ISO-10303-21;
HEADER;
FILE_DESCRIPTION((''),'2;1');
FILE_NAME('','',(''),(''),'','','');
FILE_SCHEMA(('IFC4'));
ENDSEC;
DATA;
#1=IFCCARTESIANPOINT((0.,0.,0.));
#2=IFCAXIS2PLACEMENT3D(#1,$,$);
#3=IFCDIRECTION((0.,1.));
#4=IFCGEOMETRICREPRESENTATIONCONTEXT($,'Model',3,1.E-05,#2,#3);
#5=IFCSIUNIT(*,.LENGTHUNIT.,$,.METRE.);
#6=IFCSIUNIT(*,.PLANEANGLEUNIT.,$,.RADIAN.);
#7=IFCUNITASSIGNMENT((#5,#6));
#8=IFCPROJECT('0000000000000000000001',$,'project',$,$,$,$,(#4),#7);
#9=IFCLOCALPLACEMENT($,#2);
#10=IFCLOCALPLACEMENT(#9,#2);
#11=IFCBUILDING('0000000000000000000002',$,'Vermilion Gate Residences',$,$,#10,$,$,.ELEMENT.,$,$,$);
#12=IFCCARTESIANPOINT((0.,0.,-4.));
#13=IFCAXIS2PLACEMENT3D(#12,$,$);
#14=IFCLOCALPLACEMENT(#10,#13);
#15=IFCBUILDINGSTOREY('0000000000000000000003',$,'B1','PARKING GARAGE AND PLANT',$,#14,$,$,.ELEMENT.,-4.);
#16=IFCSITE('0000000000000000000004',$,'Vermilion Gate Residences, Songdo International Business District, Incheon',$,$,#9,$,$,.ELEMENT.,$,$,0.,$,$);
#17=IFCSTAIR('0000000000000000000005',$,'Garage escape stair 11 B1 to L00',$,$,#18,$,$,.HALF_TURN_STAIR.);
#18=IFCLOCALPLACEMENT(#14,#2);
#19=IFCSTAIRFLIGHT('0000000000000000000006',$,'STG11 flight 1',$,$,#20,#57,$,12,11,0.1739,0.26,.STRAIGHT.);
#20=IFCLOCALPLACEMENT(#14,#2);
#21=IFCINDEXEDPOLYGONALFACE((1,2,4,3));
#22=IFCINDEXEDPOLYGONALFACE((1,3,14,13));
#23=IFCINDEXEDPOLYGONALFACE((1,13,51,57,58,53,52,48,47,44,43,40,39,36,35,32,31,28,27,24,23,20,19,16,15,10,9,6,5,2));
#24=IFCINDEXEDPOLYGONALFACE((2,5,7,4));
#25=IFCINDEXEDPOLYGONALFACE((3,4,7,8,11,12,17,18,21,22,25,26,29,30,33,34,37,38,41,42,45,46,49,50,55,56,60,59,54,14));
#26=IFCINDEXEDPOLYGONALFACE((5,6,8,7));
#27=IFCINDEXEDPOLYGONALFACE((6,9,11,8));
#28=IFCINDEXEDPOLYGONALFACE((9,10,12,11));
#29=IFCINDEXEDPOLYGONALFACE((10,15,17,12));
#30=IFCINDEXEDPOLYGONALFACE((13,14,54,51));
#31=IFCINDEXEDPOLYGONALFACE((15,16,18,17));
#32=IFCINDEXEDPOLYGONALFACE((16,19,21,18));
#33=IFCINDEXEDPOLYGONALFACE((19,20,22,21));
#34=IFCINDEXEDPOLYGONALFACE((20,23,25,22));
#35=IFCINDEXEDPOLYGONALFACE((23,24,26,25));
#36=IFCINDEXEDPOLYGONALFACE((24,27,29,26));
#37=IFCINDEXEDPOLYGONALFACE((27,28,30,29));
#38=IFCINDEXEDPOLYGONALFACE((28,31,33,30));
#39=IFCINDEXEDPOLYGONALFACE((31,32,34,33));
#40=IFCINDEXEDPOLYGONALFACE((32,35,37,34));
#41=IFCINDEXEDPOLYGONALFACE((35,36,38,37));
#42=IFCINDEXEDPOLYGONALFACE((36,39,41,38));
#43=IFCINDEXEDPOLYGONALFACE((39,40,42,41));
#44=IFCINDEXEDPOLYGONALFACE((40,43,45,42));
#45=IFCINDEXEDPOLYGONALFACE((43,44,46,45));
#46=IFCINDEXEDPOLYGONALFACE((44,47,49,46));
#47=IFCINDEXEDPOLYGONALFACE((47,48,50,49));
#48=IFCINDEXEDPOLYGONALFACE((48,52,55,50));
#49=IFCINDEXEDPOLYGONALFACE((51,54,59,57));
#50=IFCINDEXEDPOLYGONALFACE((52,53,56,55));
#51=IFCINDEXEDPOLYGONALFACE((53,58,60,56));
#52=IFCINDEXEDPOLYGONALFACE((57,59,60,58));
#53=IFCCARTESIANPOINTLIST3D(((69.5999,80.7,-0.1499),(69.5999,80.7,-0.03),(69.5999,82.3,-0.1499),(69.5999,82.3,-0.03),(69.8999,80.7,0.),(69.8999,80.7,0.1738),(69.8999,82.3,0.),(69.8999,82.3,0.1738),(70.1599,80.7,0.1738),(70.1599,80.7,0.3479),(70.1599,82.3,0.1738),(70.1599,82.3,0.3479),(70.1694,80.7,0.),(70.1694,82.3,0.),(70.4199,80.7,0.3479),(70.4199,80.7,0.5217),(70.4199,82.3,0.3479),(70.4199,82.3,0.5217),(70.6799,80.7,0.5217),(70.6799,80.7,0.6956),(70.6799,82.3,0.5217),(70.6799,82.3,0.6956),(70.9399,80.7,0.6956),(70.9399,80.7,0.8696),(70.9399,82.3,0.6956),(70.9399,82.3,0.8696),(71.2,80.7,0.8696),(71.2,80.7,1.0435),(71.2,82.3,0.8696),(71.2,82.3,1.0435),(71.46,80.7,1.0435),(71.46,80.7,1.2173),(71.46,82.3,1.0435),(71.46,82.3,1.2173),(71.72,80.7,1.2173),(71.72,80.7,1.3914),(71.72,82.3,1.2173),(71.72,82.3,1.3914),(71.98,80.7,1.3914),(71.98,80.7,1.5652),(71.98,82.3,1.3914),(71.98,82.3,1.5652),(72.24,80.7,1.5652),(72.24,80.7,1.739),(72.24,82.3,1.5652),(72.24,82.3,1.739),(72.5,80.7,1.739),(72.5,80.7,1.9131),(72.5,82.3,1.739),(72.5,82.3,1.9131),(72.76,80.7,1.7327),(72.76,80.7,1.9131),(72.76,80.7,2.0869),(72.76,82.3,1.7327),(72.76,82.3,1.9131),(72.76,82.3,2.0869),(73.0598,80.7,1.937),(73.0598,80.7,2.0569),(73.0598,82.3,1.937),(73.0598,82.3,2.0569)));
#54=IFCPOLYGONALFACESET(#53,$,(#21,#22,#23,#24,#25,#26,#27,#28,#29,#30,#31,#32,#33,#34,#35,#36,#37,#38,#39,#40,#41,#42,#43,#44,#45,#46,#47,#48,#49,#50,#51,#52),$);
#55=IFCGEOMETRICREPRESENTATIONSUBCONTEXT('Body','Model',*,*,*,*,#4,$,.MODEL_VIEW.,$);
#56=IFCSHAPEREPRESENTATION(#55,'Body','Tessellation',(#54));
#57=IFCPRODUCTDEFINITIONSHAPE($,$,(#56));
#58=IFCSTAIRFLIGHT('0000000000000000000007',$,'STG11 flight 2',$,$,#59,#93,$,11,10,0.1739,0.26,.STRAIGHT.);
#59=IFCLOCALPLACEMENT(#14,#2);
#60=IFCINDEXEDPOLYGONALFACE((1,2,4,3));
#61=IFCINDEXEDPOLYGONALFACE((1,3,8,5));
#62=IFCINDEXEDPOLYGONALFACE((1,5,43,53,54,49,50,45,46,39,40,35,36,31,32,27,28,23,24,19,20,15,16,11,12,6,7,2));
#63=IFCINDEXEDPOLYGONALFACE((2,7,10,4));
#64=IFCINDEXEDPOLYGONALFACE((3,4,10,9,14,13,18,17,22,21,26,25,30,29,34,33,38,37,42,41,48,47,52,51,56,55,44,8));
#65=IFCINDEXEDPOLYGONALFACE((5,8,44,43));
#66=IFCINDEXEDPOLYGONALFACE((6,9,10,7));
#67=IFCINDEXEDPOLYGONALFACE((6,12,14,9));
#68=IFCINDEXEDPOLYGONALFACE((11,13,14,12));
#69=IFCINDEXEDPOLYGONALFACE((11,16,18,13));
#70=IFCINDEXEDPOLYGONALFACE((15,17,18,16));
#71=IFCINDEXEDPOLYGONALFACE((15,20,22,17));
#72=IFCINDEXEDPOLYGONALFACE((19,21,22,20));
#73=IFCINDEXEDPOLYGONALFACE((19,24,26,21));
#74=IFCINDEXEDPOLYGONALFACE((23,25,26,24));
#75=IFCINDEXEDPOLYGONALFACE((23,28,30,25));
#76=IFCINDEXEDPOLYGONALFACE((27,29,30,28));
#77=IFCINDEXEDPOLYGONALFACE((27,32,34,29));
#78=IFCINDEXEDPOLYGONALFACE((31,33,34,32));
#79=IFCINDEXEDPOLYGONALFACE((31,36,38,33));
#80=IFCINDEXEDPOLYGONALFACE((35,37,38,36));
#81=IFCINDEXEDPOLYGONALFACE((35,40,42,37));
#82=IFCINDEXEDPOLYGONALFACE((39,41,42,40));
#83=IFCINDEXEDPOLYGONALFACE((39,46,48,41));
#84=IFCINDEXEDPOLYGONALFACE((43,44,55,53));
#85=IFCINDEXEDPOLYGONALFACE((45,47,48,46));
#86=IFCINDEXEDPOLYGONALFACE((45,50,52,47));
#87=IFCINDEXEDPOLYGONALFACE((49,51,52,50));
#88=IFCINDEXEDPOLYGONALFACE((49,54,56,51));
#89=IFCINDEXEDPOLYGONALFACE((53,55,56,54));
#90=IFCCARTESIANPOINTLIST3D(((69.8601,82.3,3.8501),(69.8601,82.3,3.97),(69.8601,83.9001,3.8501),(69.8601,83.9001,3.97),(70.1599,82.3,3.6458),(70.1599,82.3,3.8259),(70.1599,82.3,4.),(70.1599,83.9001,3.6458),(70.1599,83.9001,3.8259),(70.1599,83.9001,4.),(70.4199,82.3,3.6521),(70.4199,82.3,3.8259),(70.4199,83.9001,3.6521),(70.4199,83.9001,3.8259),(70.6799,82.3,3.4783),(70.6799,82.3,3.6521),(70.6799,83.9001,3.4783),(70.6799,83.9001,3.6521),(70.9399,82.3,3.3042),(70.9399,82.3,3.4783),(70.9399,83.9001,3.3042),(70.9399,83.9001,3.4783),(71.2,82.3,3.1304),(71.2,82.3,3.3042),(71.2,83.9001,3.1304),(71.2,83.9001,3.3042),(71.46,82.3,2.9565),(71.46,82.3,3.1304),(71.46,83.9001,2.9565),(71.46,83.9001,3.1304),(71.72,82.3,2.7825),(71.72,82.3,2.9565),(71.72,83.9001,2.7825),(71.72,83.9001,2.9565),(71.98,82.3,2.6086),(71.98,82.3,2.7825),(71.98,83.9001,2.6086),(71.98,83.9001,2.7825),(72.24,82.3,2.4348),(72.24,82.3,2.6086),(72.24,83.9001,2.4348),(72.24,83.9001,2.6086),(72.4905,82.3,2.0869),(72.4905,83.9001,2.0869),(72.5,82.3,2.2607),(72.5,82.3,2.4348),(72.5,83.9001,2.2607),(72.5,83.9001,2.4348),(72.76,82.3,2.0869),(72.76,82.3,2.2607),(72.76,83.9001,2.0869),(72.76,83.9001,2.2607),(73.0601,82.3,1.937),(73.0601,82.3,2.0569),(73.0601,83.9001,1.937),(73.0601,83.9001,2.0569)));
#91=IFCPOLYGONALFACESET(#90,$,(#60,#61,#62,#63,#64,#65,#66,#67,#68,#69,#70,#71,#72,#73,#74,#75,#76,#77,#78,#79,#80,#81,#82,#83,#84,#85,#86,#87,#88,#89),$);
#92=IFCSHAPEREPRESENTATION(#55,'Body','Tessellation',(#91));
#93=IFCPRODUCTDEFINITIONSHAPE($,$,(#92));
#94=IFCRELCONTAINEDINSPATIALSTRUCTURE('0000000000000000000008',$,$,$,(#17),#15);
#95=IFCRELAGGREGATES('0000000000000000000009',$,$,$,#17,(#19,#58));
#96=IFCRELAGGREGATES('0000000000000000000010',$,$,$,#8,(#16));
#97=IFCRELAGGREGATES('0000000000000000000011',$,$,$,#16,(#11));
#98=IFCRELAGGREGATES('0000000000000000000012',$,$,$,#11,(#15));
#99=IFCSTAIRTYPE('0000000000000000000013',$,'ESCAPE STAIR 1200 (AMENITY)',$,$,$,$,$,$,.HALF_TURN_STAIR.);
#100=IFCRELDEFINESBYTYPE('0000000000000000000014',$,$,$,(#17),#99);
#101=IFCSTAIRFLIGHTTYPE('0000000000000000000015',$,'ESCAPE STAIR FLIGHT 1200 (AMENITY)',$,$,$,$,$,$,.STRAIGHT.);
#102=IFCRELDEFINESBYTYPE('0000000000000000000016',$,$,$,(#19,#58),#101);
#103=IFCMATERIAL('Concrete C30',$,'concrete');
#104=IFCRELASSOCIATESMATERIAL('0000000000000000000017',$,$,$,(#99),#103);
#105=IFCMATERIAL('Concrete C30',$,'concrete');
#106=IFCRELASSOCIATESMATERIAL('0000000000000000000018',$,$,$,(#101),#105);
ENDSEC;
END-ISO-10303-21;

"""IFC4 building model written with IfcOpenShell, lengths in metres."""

from ifc_helpers import new_model, si_unit, direction, frame, origin, place, context, subcontext, project, spatial, polyline, outline, extrude, material, type_object, element, aggregate, save


model = new_model("IFC4")

# Units and contexts
model_context = context("Model", 3, precision=1e-05, world=origin(), true_north=direction((0.0, 1.0)))
body_context = subcontext(model_context, "Body", "Model", "MODEL_VIEW")
ifc_project = project(units=[si_unit("LENGTHUNIT", "METRE"), si_unit("PLANEANGLEUNIT", "RADIAN")], contexts=[model_context])

# Site, building, storey
site_placement = place(None, origin())
site = spatial("IfcSite", under=ifc_project, at=site_placement, Name="Vermilion Gate Residences, Songdo International Business District, Incheon", CompositionType="ELEMENT", RefElevation=0.0)
building_placement = place(site_placement, origin())
building = spatial("IfcBuilding", under=site, at=building_placement, Name="Vermilion Gate Residences", CompositionType="ELEMENT")
storey_placement = place(building_placement, frame((0.0, 0.0, -4.0)))
storey = spatial("IfcBuildingStorey", under=building, at=storey_placement, Name="B1", Description="PARKING GARAGE AND PLANT", CompositionType="ELEMENT", Elevation=-4.0)

# Stair, stair flights
ifc_material_1 = material(Name="Concrete C30", Category="concrete")
stair_type = type_object("IfcStairType", Name="ESCAPE STAIR 1200 (AMENITY)", PredefinedType="HALF_TURN_STAIR", material=ifc_material_1)
stair_placement = place(storey_placement, origin())
stair = element("IfcStair", 1, at=stair_placement, inside=storey, type_object=stair_type, Name="Garage escape stair 11 B1 to L00", PredefinedType="HALF_TURN_STAIR")
ifc_material_2 = material(Name="Concrete C30", Category="concrete")
stair_flight_type = type_object("IfcStairFlightType", Name="ESCAPE STAIR FLIGHT 1200 (AMENITY)", PredefinedType="STRAIGHT", material=ifc_material_2)
stair_flight_1_placement = place(storey_placement, frame((69.8999, 81.5, 0.0), z_axis=(0.0, 0.0, 1.0), x_axis=(1.0, 0.0, 0.0)))
stair_flight_1 = element("IfcStairFlight", 2, at=stair_flight_1_placement, type_object=stair_flight_type, Name="STG11 flight 1", NumberOfRisers=12, NumberOfTreads=11, PredefinedType="STRAIGHT", RiserHeight=0.1739, TreadLength=0.26, context=body_context, shape_type="SweptSolid", body=[
    extrude(outline(polyline([(-0.3, -0.1499), (-0.3, -0.03), (0.0, 0.0), (0.0, 0.1738), (0.26, 0.1738), (0.26, 0.3479), (0.52, 0.3479), (0.52, 0.5217), (0.78, 0.5217), (0.78, 0.6956), (1.04, 0.6956), (1.04, 0.8696), (1.3, 0.8696), (1.3, 1.0435), (1.5601, 1.0435), (1.5601, 1.2173), (1.8201, 1.2173), (1.8201, 1.3914), (2.0801, 1.3914), (2.0801, 1.5652), (2.3401, 1.5652), (2.3401, 1.739), (2.6001, 1.739), (2.6001, 1.9131), (2.8601, 1.9131), (2.8601, 2.0869), (3.1599, 2.0569), (3.1599, 1.937), (2.8601, 1.7327), (0.2695, 0.0), (-0.3, -0.1499)])), frame((0.0, 0.8, 0.0), z_axis=(0.0, -1.0, 0.0), x_axis=(1.0, 0.0, 0.0)), (0.0, 0.0, 1.0), 1.6001),
])
stair_flight_2_placement = place(storey_placement, frame((72.76, 83.1001, 2.0869), z_axis=(0.0, 0.0, 1.0), x_axis=(-1.0, 0.0, 0.0)))
stair_flight_2 = element("IfcStairFlight", 3, at=stair_flight_2_placement, type_object=stair_flight_type, Name="STG11 flight 2", NumberOfRisers=11, NumberOfTreads=10, PredefinedType="STRAIGHT", RiserHeight=0.1739, TreadLength=0.26, context=body_context, shape_type="SweptSolid", body=[
    extrude(outline(polyline([(-0.3, -0.1499), (-0.3, -0.03), (0.0, 0.0), (0.0, 0.1738), (0.26, 0.1738), (0.26, 0.3479), (0.52, 0.3479), (0.52, 0.5217), (0.78, 0.5217), (0.78, 0.6956), (1.04, 0.6956), (1.04, 0.8696), (1.3, 0.8696), (1.3, 1.0435), (1.5601, 1.0435), (1.5601, 1.2173), (1.8201, 1.2173), (1.8201, 1.3914), (2.0801, 1.3914), (2.0801, 1.5652), (2.3401, 1.5652), (2.3401, 1.739), (2.6001, 1.739), (2.6001, 1.9131), (2.8999, 1.8831), (2.8999, 1.7632), (2.6001, 1.5588), (0.2695, 0.0), (-0.3, -0.1499)])), frame((0.0, 0.8, 0.0), z_axis=(0.0, -1.0, 0.0), x_axis=(1.0, 0.0, 0.0)), (0.0, 0.0, 1.0), 1.6001),
])
aggregate(stair, [stair_flight_1, stair_flight_2])

save(model, "model.ifc")
